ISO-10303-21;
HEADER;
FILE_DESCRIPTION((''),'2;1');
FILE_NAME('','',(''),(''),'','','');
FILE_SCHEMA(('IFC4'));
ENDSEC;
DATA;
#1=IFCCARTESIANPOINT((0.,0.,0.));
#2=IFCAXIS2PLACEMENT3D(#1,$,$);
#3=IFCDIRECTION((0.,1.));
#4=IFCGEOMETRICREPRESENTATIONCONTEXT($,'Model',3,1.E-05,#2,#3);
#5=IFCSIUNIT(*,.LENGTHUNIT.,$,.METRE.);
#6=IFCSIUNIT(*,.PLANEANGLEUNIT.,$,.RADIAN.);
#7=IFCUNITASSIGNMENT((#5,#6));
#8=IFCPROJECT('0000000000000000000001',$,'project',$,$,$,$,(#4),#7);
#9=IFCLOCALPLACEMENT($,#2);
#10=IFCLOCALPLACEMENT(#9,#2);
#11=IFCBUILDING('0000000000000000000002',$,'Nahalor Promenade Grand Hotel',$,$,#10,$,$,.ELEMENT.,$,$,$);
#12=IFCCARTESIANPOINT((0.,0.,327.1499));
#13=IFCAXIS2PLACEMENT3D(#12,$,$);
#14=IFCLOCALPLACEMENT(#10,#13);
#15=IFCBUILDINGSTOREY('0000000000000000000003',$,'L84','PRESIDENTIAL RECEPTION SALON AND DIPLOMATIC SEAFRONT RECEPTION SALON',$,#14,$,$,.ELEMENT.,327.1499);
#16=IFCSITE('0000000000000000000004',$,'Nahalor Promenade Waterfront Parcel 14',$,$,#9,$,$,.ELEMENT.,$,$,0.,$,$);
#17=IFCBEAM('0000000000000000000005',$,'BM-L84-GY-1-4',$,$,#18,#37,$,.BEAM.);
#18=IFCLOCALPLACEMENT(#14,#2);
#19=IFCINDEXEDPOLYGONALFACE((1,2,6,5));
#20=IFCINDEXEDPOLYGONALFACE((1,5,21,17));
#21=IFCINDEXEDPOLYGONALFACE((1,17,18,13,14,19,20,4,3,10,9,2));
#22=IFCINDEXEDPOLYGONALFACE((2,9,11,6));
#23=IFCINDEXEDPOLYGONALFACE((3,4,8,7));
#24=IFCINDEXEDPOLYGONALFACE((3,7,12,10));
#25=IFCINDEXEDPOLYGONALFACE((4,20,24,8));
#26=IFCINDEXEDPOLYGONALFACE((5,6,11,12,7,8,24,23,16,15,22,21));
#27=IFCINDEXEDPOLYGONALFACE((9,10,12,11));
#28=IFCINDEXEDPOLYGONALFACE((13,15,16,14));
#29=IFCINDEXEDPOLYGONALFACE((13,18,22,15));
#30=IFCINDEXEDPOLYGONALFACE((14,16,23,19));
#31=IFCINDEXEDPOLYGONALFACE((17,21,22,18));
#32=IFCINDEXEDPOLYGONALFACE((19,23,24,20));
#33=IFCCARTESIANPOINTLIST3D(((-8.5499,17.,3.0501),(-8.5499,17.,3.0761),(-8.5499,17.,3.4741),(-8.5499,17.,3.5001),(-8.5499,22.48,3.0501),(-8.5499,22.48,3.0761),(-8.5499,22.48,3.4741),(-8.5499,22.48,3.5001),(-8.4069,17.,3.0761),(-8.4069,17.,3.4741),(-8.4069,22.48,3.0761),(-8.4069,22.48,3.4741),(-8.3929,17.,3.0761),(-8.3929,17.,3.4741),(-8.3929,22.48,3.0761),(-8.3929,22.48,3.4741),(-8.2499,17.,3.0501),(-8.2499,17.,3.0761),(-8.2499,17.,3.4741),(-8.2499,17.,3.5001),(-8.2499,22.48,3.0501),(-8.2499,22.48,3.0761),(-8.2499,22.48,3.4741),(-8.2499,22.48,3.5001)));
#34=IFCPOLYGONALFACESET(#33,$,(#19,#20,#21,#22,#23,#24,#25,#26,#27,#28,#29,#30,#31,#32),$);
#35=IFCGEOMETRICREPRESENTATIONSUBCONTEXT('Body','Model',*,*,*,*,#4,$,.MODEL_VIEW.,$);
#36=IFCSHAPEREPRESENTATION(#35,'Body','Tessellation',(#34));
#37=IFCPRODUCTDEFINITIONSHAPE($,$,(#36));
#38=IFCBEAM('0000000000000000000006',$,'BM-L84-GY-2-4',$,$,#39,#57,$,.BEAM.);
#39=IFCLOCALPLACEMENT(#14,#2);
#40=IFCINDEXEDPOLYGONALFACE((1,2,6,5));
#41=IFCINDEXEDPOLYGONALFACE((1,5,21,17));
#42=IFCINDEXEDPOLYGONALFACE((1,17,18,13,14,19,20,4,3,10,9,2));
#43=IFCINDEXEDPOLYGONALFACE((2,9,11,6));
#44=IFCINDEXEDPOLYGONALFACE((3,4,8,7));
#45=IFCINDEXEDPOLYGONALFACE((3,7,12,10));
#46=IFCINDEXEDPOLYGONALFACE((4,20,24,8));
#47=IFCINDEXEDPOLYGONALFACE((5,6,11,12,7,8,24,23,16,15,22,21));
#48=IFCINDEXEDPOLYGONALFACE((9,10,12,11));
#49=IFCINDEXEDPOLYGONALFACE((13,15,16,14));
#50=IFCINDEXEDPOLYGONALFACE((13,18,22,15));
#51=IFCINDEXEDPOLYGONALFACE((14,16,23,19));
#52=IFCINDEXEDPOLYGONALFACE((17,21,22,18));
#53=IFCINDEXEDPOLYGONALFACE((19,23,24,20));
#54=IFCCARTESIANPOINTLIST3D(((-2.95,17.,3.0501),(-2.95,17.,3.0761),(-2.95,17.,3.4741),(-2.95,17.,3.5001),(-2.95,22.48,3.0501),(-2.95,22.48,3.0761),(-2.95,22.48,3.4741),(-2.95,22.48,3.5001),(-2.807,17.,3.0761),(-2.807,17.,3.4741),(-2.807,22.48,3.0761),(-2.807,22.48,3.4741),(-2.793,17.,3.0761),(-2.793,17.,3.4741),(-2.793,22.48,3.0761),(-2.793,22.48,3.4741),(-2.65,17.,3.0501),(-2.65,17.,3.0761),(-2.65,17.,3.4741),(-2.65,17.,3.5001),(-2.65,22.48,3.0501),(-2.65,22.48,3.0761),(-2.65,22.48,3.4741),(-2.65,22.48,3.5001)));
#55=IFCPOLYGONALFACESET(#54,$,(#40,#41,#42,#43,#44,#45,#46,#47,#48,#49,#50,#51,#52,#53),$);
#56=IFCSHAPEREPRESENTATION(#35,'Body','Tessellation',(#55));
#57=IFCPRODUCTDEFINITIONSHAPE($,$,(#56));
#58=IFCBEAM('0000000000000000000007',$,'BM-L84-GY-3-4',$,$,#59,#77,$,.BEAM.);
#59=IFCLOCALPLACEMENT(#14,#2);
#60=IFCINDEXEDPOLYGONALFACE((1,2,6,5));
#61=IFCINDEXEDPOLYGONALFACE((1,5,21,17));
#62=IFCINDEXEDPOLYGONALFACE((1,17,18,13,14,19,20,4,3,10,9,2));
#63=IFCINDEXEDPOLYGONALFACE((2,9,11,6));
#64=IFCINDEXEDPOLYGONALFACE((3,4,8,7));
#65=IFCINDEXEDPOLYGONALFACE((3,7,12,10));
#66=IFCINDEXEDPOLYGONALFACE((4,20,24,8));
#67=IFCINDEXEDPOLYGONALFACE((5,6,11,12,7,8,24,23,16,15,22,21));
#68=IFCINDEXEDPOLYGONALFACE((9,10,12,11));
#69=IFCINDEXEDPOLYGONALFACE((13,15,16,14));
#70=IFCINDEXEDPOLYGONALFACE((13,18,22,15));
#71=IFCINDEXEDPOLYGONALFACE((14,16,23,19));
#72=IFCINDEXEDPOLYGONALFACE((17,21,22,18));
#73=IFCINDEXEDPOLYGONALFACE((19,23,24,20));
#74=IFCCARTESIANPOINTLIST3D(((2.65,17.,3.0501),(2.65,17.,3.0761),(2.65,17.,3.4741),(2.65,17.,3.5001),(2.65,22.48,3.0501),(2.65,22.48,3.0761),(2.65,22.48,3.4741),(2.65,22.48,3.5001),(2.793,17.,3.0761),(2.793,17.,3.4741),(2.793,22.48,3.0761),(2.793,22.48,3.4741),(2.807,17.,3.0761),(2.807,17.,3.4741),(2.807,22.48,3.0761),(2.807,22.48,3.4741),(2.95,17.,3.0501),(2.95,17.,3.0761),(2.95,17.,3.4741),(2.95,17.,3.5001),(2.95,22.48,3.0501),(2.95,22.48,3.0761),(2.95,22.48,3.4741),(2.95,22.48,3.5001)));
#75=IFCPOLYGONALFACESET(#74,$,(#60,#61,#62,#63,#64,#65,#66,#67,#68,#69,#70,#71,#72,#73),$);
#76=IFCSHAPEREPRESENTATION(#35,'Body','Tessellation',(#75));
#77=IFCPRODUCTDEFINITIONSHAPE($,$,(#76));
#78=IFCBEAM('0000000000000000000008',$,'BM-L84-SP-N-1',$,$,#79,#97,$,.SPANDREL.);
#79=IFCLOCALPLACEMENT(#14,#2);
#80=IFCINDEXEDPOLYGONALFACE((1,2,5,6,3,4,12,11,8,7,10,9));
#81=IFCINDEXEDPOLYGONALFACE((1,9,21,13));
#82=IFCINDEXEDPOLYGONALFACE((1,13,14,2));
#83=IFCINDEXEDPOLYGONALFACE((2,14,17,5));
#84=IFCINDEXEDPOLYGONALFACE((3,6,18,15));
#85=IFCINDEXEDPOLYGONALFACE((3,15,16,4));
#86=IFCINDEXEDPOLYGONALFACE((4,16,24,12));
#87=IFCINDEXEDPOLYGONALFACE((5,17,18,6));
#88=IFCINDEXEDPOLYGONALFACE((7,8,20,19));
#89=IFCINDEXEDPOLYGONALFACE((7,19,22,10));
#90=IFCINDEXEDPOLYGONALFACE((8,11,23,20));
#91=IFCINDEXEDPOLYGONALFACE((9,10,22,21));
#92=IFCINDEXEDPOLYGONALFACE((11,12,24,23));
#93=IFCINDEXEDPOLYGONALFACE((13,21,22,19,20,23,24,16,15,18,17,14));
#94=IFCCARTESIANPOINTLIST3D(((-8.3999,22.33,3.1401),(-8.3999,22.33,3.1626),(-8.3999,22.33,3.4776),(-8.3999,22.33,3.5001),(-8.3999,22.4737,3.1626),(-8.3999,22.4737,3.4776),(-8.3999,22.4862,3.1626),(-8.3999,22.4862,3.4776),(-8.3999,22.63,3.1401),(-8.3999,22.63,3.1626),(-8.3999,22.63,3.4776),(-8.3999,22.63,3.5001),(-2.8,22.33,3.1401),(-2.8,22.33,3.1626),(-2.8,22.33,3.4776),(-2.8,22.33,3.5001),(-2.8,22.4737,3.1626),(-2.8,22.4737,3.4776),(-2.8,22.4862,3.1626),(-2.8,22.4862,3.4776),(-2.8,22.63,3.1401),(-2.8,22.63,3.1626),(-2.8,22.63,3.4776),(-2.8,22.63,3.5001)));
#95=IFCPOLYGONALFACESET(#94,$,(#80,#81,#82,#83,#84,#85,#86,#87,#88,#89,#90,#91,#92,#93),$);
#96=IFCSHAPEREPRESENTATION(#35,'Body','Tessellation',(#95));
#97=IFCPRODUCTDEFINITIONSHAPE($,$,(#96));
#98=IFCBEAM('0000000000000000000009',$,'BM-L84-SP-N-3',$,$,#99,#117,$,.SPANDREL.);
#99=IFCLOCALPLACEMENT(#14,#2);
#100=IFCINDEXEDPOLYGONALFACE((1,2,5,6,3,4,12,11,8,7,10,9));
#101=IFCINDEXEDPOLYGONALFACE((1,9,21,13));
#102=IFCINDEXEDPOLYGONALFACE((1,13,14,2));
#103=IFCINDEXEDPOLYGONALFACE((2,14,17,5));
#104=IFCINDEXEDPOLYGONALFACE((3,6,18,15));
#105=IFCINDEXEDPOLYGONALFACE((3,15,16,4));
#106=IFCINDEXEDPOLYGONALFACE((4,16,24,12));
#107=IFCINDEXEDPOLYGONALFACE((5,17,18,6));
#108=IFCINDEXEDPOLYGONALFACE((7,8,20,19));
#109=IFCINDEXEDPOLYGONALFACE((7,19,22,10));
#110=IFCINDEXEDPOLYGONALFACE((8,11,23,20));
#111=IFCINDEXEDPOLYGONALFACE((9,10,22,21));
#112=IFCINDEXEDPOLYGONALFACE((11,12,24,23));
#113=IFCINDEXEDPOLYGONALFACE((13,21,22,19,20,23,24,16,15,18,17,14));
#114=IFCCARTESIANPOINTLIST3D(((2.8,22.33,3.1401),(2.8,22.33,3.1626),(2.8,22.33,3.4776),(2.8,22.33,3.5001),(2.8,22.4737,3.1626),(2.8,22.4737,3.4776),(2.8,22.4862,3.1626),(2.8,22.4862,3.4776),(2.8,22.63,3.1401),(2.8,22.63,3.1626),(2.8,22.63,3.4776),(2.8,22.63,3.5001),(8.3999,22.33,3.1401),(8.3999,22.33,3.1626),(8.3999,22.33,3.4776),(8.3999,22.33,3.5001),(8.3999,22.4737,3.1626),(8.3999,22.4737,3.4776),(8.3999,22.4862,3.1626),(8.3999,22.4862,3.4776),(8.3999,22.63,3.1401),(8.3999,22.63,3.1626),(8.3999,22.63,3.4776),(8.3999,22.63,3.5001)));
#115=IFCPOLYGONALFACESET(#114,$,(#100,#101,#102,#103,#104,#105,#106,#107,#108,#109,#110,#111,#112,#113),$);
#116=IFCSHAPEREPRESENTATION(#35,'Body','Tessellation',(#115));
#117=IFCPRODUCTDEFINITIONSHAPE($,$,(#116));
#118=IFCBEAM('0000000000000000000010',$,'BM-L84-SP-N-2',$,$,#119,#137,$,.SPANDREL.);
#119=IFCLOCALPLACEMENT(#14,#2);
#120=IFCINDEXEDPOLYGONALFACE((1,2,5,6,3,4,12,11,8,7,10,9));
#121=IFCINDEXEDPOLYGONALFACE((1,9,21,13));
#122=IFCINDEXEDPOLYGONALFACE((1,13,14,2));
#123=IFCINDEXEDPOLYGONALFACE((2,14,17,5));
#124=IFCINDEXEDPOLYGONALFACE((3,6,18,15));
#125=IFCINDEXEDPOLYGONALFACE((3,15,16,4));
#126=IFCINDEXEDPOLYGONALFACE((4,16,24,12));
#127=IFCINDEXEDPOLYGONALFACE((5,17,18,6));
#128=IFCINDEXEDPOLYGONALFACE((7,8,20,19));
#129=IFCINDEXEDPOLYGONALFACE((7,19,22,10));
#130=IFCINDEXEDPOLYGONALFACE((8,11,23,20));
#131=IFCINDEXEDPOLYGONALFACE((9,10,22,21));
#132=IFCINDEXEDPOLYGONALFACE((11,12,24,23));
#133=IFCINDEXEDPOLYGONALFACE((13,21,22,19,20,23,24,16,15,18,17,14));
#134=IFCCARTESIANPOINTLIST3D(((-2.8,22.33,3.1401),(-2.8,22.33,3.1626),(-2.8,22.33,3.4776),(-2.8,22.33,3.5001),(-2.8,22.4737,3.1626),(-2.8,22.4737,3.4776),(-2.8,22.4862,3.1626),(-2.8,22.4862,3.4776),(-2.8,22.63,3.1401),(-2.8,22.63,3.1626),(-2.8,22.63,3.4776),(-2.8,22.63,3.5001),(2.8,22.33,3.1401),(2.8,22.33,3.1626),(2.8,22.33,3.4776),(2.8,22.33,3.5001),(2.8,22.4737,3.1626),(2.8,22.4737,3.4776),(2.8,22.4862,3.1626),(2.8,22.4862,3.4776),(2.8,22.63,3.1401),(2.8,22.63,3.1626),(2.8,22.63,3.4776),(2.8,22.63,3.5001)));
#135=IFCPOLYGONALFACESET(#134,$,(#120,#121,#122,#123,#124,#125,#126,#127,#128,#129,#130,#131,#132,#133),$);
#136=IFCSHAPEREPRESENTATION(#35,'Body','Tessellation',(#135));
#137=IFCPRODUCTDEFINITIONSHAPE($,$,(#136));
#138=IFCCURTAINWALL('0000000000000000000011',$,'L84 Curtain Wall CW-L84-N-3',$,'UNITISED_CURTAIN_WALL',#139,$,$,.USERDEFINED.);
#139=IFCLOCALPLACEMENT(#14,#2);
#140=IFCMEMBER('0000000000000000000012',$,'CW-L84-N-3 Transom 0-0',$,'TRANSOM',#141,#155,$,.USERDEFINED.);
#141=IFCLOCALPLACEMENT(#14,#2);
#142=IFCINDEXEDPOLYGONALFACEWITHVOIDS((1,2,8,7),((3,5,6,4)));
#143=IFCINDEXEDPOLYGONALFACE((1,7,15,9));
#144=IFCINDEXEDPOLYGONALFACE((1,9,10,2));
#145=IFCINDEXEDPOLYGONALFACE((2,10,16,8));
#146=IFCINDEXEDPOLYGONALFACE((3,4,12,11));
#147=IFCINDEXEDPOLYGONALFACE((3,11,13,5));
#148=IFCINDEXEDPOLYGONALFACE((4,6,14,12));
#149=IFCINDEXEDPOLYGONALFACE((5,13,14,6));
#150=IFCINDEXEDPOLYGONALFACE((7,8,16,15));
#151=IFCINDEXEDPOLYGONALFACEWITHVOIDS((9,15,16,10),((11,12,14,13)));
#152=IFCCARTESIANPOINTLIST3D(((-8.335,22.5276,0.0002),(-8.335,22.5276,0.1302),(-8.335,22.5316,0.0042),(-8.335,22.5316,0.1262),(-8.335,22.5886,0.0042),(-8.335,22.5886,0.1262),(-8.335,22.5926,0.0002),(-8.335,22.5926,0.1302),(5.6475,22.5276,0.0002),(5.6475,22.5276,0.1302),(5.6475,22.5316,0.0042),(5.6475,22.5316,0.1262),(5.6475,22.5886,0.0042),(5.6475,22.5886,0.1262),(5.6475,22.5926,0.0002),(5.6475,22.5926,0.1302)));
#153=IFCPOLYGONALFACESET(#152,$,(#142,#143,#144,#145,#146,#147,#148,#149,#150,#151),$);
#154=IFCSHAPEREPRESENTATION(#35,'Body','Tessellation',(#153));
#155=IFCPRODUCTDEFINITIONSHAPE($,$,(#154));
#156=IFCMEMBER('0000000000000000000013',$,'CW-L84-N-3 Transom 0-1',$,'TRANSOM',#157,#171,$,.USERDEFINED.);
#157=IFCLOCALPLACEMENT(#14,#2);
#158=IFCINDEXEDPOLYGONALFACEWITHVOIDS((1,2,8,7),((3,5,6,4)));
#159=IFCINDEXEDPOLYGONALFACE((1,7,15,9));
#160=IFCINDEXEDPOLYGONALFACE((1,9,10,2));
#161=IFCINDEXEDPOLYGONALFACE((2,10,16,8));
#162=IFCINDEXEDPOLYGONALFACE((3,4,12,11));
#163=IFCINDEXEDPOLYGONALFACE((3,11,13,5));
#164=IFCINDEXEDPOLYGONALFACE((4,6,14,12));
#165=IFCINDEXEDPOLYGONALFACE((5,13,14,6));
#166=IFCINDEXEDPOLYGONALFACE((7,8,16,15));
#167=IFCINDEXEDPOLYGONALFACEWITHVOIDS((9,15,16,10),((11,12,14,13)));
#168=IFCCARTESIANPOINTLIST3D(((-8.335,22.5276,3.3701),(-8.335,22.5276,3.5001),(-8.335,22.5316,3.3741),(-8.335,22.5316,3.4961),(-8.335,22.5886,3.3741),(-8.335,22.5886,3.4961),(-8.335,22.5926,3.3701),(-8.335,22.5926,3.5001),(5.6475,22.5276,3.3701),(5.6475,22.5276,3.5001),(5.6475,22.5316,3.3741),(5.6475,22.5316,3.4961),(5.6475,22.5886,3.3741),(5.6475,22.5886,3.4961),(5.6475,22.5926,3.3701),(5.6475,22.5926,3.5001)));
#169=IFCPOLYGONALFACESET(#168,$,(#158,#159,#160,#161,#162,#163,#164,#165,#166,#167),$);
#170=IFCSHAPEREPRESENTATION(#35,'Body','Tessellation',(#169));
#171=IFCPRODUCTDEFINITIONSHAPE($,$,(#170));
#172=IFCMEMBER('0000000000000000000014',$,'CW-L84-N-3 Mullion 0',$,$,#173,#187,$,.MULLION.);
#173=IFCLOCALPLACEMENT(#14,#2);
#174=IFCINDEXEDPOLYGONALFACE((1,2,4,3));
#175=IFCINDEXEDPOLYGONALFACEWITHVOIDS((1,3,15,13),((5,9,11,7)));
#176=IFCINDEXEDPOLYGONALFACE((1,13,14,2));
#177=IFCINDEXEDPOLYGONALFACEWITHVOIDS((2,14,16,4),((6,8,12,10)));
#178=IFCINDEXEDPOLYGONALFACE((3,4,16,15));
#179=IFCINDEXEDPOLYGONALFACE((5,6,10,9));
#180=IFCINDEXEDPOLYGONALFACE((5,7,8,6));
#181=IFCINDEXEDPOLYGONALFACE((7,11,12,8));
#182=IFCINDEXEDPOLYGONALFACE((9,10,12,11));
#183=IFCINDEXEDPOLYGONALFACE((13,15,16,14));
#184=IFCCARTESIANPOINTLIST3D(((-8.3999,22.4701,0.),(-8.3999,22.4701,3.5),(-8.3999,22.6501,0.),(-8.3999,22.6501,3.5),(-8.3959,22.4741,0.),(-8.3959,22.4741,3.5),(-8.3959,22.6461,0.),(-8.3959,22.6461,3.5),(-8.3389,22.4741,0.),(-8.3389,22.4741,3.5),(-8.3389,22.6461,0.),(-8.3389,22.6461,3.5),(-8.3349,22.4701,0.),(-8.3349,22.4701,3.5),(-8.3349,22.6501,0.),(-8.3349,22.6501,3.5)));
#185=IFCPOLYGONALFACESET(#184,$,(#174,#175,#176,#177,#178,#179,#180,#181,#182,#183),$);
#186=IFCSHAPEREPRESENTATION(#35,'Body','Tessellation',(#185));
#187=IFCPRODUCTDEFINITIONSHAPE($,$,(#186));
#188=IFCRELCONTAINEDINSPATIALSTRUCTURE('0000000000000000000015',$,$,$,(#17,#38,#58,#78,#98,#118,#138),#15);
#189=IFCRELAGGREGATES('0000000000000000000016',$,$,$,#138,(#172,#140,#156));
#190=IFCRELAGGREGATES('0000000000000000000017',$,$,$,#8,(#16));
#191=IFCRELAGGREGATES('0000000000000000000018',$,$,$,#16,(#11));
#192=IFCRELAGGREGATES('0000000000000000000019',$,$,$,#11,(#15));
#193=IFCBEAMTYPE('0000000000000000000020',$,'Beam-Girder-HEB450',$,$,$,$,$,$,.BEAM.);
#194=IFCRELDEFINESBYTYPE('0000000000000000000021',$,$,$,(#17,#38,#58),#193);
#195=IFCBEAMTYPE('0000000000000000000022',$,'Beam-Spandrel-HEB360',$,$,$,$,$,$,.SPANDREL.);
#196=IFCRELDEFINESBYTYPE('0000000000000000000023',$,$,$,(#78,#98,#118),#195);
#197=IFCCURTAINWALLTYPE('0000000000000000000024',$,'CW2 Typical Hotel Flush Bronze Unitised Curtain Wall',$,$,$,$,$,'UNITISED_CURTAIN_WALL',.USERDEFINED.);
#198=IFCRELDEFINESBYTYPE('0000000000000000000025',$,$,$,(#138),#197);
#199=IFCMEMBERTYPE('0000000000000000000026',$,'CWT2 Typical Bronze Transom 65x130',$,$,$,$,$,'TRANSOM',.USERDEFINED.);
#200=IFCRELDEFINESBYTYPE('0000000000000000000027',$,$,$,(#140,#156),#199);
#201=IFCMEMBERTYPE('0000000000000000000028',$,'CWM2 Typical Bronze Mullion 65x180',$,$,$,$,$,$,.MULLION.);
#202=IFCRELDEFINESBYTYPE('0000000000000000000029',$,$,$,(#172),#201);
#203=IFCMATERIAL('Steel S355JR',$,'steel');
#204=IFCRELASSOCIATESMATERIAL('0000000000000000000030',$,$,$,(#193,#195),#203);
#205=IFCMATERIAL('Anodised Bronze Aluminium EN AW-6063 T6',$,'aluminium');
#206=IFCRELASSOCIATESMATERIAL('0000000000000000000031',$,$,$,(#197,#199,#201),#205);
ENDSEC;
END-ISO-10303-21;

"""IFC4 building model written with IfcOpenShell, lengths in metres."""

from ifc_helpers import new_model, si_unit, direction, frame, origin, origin_2d, place, context, subcontext, project, spatial, hollow_rectangle, i_section, extrude, source, transform, mapped, material, material_profile, profile_set, type_object, element, aggregate, save


model = new_model("IFC4")

# Units and contexts
model_context = context("Model", 3, precision=1e-05, world=origin(), true_north=direction((0.0, 1.0)))
body_context = subcontext(model_context, "Body", "Model", "MODEL_VIEW")
ifc_project = project(units=[si_unit("LENGTHUNIT", "METRE"), si_unit("PLANEANGLEUNIT", "RADIAN")], contexts=[model_context])

# Site, building, storey
site_placement = place(None, origin())
site = spatial("IfcSite", under=ifc_project, at=site_placement, Name="Nahalor Promenade Waterfront Parcel 14", CompositionType="ELEMENT", RefElevation=0.0)
building_placement = place(site_placement, origin())
building = spatial("IfcBuilding", under=site, at=building_placement, Name="Nahalor Promenade Grand Hotel", CompositionType="ELEMENT")
storey_placement = place(building_placement, frame((0.0, 0.0, 327.1499)))
storey = spatial("IfcBuildingStorey", under=building, at=storey_placement, Name="L84", Description="PRESIDENTIAL RECEPTION SALON AND DIPLOMATIC SEAFRONT RECEPTION SALON", CompositionType="ELEMENT", Elevation=327.1499)

# Shared definitions
ifc_material_1 = material(Name="Steel S355JR", Category="steel")

# Beams
ifc_material_profile_1 = material_profile(ifc_material_1, i_section(OverallWidth=0.3, OverallDepth=0.45, WebThickness=0.014, FlangeThickness=0.026, at=origin_2d()), Name="HEB 450")
ifc_profile_set_1 = profile_set([ifc_material_profile_1], Name="Steel S355JR")
beam_type_1 = type_object("IfcBeamType", Name="Beam-Girder-HEB450", PredefinedType="BEAM", material=ifc_profile_set_1)
shared_shape_1 = source(origin(), body_context, "Body", "SweptSolid", [
    extrude(i_section(OverallWidth=0.3, OverallDepth=0.45, WebThickness=0.014, FlangeThickness=0.026, at=origin_2d()), origin(), (0.0, 0.0, 1.0), 5.48),
])
for number, where, z_axis, x_axis, name in (
    (1, (-8.3999, 17.0, 3.2751), (0.0, 1.0, 0.0), (-1.0, 0.0, 0.0), "BM-L84-GY-1-4"),
    (2, (-2.8, 17.0, 3.2751), (0.0, 1.0, 0.0), (-1.0, 0.0, 0.0), "BM-L84-GY-2-4"),
    (3, (2.8, 17.0, 3.2751), (0.0, 1.0, 0.0), (-1.0, 0.0, 0.0), "BM-L84-GY-3-4"),
):
    element("IfcBeam", number, at=place(storey_placement, frame(where, z_axis=z_axis, x_axis=x_axis)), inside=storey, type_object=beam_type_1, Name=name, PredefinedType="BEAM", context=body_context, shape_type="MappedRepresentation", body=[
        mapped(shared_shape_1, transform((0.0, 0.0, 0.0), scale=1.0)),
    ])
ifc_material_profile_2 = material_profile(ifc_material_1, i_section(OverallWidth=0.3, OverallDepth=0.36, WebThickness=0.0125, FlangeThickness=0.0225, at=origin_2d()), Name="HEB 360")
ifc_profile_set_2 = profile_set([ifc_material_profile_2], Name="Steel S355JR")
beam_type_2 = type_object("IfcBeamType", Name="Beam-Spandrel-HEB360", PredefinedType="SPANDREL", material=ifc_profile_set_2)
shared_shape_2 = source(origin(), body_context, "Body", "SweptSolid", [
    extrude(i_section(OverallWidth=0.3, OverallDepth=0.36, WebThickness=0.0125, FlangeThickness=0.0225, at=origin_2d()), origin(), (0.0, 0.0, 1.0), 5.5999),
])
for number, where, z_axis, x_axis, name in (
    (4, (-8.3999, 22.48, 3.3201), (1.0, 0.0, 0.0), (0.0, 1.0, 0.0), "BM-L84-SP-N-1"),
    (5, (2.8, 22.48, 3.3201), (1.0, 0.0, 0.0), (0.0, 1.0, 0.0), "BM-L84-SP-N-3"),
):
    element("IfcBeam", number, at=place(storey_placement, frame(where, z_axis=z_axis, x_axis=x_axis)), inside=storey, type_object=beam_type_2, Name=name, PredefinedType="SPANDREL", context=body_context, shape_type="MappedRepresentation", body=[
        mapped(shared_shape_2, transform((0.0, 0.0, 0.0), scale=1.0)),
    ])
shared_shape_3 = source(origin(), body_context, "Body", "SweptSolid", [
    extrude(i_section(OverallWidth=0.3, OverallDepth=0.36, WebThickness=0.0125, FlangeThickness=0.0225, at=origin_2d()), origin(), (0.0, 0.0, 1.0), 5.6001),
])
beam_1_placement = place(storey_placement, frame((-2.8, 22.48, 3.3201), z_axis=(1.0, 0.0, 0.0), x_axis=(0.0, 1.0, 0.0)))
element("IfcBeam", 6, at=beam_1_placement, inside=storey, type_object=beam_type_2, Name="BM-L84-SP-N-2", PredefinedType="SPANDREL", context=body_context, shape_type="MappedRepresentation", body=[
    mapped(shared_shape_3, transform((0.0, 0.0, 0.0), scale=1.0)),
])

# Curtain wall, members
ifc_material_2 = material(Name="Anodised Bronze Aluminium EN AW-6063 T6", Category="aluminium")
curtain_wall_type = type_object("IfcCurtainWallType", Name="CW2 Typical Hotel Flush Bronze Unitised Curtain Wall", ElementType="UNITISED_CURTAIN_WALL", PredefinedType="USERDEFINED", material=ifc_material_2)
curtain_wall_placement = place(storey_placement, origin())
curtain_wall = element("IfcCurtainWall", 7, at=curtain_wall_placement, inside=storey, type_object=curtain_wall_type, Name="L84 Curtain Wall CW-L84-N-3", ObjectType="UNITISED_CURTAIN_WALL", PredefinedType="USERDEFINED")
ifc_material_profile_3 = material_profile(ifc_material_2, hollow_rectangle(XDim=0.065, YDim=0.13, WallThickness=0.004, at=origin_2d()), Name="CWT 65x130x4")
ifc_profile_set_3 = profile_set([ifc_material_profile_3], Name="Anodised Bronze Aluminium EN AW-6063 T6")
member_type_1 = type_object("IfcMemberType", Name="CWT2 Typical Bronze Transom 65x130", ElementType="TRANSOM", PredefinedType="USERDEFINED", material=ifc_profile_set_3)
shared_shape_4 = source(origin(), body_context, "Body", "SweptSolid", [
    extrude(hollow_rectangle(XDim=0.065, YDim=0.13, WallThickness=0.004, at=origin_2d()), origin(), (0.0, 0.0, 1.0), 13.9824),
])
member_1_placement = place(storey_placement, frame((-8.335, 22.5601, 0.0652), z_axis=(1.0, 0.0, 0.0), x_axis=(0.0, 1.0, 0.0)))
member_1 = element("IfcMember", 8, at=member_1_placement, type_object=member_type_1, Name="CW-L84-N-3 Transom 0-0", ObjectType="TRANSOM", PredefinedType="USERDEFINED", context=body_context, shape_type="MappedRepresentation", body=[
    mapped(shared_shape_4, transform((0.0, 0.0, 0.0), scale=1.0)),
])
member_2_placement = place(storey_placement, frame((-8.335, 22.5601, 3.4351), z_axis=(1.0, 0.0, 0.0), x_axis=(0.0, 1.0, 0.0)))
member_2 = element("IfcMember", 9, at=member_2_placement, type_object=member_type_1, Name="CW-L84-N-3 Transom 0-1", ObjectType="TRANSOM", PredefinedType="USERDEFINED", context=body_context, shape_type="MappedRepresentation", body=[
    mapped(shared_shape_4, transform((0.0, 0.0, 0.0), scale=1.0)),
])
ifc_material_profile_4 = material_profile(ifc_material_2, hollow_rectangle(XDim=0.065, YDim=0.18, WallThickness=0.004, at=origin_2d()), Name="CWM 65x180x4")
ifc_profile_set_4 = profile_set([ifc_material_profile_4], Name="Anodised Bronze Aluminium EN AW-6063 T6")
member_type_2 = type_object("IfcMemberType", Name="CWM2 Typical Bronze Mullion 65x180", PredefinedType="MULLION", material=ifc_profile_set_4)
shared_shape_5 = source(origin(), body_context, "Body", "SweptSolid", [
    extrude(hollow_rectangle(XDim=0.065, YDim=0.18, WallThickness=0.004, at=origin_2d()), origin(), (0.0, 0.0, 1.0), 3.5),
])
member_3_placement = place(storey_placement, frame((-8.3674, 22.5601, 0.0), z_axis=(0.0, 0.0, 1.0), x_axis=(1.0, 0.0, 0.0)))
member_3 = element("IfcMember", 10, at=member_3_placement, type_object=member_type_2, Name="CW-L84-N-3 Mullion 0", PredefinedType="MULLION", context=body_context, shape_type="MappedRepresentation", body=[
    mapped(shared_shape_5, transform((0.0, 0.0, 0.0), scale=1.0)),
])
aggregate(curtain_wall, [member_3, member_1, member_2])

save(model, "model.ifc")
